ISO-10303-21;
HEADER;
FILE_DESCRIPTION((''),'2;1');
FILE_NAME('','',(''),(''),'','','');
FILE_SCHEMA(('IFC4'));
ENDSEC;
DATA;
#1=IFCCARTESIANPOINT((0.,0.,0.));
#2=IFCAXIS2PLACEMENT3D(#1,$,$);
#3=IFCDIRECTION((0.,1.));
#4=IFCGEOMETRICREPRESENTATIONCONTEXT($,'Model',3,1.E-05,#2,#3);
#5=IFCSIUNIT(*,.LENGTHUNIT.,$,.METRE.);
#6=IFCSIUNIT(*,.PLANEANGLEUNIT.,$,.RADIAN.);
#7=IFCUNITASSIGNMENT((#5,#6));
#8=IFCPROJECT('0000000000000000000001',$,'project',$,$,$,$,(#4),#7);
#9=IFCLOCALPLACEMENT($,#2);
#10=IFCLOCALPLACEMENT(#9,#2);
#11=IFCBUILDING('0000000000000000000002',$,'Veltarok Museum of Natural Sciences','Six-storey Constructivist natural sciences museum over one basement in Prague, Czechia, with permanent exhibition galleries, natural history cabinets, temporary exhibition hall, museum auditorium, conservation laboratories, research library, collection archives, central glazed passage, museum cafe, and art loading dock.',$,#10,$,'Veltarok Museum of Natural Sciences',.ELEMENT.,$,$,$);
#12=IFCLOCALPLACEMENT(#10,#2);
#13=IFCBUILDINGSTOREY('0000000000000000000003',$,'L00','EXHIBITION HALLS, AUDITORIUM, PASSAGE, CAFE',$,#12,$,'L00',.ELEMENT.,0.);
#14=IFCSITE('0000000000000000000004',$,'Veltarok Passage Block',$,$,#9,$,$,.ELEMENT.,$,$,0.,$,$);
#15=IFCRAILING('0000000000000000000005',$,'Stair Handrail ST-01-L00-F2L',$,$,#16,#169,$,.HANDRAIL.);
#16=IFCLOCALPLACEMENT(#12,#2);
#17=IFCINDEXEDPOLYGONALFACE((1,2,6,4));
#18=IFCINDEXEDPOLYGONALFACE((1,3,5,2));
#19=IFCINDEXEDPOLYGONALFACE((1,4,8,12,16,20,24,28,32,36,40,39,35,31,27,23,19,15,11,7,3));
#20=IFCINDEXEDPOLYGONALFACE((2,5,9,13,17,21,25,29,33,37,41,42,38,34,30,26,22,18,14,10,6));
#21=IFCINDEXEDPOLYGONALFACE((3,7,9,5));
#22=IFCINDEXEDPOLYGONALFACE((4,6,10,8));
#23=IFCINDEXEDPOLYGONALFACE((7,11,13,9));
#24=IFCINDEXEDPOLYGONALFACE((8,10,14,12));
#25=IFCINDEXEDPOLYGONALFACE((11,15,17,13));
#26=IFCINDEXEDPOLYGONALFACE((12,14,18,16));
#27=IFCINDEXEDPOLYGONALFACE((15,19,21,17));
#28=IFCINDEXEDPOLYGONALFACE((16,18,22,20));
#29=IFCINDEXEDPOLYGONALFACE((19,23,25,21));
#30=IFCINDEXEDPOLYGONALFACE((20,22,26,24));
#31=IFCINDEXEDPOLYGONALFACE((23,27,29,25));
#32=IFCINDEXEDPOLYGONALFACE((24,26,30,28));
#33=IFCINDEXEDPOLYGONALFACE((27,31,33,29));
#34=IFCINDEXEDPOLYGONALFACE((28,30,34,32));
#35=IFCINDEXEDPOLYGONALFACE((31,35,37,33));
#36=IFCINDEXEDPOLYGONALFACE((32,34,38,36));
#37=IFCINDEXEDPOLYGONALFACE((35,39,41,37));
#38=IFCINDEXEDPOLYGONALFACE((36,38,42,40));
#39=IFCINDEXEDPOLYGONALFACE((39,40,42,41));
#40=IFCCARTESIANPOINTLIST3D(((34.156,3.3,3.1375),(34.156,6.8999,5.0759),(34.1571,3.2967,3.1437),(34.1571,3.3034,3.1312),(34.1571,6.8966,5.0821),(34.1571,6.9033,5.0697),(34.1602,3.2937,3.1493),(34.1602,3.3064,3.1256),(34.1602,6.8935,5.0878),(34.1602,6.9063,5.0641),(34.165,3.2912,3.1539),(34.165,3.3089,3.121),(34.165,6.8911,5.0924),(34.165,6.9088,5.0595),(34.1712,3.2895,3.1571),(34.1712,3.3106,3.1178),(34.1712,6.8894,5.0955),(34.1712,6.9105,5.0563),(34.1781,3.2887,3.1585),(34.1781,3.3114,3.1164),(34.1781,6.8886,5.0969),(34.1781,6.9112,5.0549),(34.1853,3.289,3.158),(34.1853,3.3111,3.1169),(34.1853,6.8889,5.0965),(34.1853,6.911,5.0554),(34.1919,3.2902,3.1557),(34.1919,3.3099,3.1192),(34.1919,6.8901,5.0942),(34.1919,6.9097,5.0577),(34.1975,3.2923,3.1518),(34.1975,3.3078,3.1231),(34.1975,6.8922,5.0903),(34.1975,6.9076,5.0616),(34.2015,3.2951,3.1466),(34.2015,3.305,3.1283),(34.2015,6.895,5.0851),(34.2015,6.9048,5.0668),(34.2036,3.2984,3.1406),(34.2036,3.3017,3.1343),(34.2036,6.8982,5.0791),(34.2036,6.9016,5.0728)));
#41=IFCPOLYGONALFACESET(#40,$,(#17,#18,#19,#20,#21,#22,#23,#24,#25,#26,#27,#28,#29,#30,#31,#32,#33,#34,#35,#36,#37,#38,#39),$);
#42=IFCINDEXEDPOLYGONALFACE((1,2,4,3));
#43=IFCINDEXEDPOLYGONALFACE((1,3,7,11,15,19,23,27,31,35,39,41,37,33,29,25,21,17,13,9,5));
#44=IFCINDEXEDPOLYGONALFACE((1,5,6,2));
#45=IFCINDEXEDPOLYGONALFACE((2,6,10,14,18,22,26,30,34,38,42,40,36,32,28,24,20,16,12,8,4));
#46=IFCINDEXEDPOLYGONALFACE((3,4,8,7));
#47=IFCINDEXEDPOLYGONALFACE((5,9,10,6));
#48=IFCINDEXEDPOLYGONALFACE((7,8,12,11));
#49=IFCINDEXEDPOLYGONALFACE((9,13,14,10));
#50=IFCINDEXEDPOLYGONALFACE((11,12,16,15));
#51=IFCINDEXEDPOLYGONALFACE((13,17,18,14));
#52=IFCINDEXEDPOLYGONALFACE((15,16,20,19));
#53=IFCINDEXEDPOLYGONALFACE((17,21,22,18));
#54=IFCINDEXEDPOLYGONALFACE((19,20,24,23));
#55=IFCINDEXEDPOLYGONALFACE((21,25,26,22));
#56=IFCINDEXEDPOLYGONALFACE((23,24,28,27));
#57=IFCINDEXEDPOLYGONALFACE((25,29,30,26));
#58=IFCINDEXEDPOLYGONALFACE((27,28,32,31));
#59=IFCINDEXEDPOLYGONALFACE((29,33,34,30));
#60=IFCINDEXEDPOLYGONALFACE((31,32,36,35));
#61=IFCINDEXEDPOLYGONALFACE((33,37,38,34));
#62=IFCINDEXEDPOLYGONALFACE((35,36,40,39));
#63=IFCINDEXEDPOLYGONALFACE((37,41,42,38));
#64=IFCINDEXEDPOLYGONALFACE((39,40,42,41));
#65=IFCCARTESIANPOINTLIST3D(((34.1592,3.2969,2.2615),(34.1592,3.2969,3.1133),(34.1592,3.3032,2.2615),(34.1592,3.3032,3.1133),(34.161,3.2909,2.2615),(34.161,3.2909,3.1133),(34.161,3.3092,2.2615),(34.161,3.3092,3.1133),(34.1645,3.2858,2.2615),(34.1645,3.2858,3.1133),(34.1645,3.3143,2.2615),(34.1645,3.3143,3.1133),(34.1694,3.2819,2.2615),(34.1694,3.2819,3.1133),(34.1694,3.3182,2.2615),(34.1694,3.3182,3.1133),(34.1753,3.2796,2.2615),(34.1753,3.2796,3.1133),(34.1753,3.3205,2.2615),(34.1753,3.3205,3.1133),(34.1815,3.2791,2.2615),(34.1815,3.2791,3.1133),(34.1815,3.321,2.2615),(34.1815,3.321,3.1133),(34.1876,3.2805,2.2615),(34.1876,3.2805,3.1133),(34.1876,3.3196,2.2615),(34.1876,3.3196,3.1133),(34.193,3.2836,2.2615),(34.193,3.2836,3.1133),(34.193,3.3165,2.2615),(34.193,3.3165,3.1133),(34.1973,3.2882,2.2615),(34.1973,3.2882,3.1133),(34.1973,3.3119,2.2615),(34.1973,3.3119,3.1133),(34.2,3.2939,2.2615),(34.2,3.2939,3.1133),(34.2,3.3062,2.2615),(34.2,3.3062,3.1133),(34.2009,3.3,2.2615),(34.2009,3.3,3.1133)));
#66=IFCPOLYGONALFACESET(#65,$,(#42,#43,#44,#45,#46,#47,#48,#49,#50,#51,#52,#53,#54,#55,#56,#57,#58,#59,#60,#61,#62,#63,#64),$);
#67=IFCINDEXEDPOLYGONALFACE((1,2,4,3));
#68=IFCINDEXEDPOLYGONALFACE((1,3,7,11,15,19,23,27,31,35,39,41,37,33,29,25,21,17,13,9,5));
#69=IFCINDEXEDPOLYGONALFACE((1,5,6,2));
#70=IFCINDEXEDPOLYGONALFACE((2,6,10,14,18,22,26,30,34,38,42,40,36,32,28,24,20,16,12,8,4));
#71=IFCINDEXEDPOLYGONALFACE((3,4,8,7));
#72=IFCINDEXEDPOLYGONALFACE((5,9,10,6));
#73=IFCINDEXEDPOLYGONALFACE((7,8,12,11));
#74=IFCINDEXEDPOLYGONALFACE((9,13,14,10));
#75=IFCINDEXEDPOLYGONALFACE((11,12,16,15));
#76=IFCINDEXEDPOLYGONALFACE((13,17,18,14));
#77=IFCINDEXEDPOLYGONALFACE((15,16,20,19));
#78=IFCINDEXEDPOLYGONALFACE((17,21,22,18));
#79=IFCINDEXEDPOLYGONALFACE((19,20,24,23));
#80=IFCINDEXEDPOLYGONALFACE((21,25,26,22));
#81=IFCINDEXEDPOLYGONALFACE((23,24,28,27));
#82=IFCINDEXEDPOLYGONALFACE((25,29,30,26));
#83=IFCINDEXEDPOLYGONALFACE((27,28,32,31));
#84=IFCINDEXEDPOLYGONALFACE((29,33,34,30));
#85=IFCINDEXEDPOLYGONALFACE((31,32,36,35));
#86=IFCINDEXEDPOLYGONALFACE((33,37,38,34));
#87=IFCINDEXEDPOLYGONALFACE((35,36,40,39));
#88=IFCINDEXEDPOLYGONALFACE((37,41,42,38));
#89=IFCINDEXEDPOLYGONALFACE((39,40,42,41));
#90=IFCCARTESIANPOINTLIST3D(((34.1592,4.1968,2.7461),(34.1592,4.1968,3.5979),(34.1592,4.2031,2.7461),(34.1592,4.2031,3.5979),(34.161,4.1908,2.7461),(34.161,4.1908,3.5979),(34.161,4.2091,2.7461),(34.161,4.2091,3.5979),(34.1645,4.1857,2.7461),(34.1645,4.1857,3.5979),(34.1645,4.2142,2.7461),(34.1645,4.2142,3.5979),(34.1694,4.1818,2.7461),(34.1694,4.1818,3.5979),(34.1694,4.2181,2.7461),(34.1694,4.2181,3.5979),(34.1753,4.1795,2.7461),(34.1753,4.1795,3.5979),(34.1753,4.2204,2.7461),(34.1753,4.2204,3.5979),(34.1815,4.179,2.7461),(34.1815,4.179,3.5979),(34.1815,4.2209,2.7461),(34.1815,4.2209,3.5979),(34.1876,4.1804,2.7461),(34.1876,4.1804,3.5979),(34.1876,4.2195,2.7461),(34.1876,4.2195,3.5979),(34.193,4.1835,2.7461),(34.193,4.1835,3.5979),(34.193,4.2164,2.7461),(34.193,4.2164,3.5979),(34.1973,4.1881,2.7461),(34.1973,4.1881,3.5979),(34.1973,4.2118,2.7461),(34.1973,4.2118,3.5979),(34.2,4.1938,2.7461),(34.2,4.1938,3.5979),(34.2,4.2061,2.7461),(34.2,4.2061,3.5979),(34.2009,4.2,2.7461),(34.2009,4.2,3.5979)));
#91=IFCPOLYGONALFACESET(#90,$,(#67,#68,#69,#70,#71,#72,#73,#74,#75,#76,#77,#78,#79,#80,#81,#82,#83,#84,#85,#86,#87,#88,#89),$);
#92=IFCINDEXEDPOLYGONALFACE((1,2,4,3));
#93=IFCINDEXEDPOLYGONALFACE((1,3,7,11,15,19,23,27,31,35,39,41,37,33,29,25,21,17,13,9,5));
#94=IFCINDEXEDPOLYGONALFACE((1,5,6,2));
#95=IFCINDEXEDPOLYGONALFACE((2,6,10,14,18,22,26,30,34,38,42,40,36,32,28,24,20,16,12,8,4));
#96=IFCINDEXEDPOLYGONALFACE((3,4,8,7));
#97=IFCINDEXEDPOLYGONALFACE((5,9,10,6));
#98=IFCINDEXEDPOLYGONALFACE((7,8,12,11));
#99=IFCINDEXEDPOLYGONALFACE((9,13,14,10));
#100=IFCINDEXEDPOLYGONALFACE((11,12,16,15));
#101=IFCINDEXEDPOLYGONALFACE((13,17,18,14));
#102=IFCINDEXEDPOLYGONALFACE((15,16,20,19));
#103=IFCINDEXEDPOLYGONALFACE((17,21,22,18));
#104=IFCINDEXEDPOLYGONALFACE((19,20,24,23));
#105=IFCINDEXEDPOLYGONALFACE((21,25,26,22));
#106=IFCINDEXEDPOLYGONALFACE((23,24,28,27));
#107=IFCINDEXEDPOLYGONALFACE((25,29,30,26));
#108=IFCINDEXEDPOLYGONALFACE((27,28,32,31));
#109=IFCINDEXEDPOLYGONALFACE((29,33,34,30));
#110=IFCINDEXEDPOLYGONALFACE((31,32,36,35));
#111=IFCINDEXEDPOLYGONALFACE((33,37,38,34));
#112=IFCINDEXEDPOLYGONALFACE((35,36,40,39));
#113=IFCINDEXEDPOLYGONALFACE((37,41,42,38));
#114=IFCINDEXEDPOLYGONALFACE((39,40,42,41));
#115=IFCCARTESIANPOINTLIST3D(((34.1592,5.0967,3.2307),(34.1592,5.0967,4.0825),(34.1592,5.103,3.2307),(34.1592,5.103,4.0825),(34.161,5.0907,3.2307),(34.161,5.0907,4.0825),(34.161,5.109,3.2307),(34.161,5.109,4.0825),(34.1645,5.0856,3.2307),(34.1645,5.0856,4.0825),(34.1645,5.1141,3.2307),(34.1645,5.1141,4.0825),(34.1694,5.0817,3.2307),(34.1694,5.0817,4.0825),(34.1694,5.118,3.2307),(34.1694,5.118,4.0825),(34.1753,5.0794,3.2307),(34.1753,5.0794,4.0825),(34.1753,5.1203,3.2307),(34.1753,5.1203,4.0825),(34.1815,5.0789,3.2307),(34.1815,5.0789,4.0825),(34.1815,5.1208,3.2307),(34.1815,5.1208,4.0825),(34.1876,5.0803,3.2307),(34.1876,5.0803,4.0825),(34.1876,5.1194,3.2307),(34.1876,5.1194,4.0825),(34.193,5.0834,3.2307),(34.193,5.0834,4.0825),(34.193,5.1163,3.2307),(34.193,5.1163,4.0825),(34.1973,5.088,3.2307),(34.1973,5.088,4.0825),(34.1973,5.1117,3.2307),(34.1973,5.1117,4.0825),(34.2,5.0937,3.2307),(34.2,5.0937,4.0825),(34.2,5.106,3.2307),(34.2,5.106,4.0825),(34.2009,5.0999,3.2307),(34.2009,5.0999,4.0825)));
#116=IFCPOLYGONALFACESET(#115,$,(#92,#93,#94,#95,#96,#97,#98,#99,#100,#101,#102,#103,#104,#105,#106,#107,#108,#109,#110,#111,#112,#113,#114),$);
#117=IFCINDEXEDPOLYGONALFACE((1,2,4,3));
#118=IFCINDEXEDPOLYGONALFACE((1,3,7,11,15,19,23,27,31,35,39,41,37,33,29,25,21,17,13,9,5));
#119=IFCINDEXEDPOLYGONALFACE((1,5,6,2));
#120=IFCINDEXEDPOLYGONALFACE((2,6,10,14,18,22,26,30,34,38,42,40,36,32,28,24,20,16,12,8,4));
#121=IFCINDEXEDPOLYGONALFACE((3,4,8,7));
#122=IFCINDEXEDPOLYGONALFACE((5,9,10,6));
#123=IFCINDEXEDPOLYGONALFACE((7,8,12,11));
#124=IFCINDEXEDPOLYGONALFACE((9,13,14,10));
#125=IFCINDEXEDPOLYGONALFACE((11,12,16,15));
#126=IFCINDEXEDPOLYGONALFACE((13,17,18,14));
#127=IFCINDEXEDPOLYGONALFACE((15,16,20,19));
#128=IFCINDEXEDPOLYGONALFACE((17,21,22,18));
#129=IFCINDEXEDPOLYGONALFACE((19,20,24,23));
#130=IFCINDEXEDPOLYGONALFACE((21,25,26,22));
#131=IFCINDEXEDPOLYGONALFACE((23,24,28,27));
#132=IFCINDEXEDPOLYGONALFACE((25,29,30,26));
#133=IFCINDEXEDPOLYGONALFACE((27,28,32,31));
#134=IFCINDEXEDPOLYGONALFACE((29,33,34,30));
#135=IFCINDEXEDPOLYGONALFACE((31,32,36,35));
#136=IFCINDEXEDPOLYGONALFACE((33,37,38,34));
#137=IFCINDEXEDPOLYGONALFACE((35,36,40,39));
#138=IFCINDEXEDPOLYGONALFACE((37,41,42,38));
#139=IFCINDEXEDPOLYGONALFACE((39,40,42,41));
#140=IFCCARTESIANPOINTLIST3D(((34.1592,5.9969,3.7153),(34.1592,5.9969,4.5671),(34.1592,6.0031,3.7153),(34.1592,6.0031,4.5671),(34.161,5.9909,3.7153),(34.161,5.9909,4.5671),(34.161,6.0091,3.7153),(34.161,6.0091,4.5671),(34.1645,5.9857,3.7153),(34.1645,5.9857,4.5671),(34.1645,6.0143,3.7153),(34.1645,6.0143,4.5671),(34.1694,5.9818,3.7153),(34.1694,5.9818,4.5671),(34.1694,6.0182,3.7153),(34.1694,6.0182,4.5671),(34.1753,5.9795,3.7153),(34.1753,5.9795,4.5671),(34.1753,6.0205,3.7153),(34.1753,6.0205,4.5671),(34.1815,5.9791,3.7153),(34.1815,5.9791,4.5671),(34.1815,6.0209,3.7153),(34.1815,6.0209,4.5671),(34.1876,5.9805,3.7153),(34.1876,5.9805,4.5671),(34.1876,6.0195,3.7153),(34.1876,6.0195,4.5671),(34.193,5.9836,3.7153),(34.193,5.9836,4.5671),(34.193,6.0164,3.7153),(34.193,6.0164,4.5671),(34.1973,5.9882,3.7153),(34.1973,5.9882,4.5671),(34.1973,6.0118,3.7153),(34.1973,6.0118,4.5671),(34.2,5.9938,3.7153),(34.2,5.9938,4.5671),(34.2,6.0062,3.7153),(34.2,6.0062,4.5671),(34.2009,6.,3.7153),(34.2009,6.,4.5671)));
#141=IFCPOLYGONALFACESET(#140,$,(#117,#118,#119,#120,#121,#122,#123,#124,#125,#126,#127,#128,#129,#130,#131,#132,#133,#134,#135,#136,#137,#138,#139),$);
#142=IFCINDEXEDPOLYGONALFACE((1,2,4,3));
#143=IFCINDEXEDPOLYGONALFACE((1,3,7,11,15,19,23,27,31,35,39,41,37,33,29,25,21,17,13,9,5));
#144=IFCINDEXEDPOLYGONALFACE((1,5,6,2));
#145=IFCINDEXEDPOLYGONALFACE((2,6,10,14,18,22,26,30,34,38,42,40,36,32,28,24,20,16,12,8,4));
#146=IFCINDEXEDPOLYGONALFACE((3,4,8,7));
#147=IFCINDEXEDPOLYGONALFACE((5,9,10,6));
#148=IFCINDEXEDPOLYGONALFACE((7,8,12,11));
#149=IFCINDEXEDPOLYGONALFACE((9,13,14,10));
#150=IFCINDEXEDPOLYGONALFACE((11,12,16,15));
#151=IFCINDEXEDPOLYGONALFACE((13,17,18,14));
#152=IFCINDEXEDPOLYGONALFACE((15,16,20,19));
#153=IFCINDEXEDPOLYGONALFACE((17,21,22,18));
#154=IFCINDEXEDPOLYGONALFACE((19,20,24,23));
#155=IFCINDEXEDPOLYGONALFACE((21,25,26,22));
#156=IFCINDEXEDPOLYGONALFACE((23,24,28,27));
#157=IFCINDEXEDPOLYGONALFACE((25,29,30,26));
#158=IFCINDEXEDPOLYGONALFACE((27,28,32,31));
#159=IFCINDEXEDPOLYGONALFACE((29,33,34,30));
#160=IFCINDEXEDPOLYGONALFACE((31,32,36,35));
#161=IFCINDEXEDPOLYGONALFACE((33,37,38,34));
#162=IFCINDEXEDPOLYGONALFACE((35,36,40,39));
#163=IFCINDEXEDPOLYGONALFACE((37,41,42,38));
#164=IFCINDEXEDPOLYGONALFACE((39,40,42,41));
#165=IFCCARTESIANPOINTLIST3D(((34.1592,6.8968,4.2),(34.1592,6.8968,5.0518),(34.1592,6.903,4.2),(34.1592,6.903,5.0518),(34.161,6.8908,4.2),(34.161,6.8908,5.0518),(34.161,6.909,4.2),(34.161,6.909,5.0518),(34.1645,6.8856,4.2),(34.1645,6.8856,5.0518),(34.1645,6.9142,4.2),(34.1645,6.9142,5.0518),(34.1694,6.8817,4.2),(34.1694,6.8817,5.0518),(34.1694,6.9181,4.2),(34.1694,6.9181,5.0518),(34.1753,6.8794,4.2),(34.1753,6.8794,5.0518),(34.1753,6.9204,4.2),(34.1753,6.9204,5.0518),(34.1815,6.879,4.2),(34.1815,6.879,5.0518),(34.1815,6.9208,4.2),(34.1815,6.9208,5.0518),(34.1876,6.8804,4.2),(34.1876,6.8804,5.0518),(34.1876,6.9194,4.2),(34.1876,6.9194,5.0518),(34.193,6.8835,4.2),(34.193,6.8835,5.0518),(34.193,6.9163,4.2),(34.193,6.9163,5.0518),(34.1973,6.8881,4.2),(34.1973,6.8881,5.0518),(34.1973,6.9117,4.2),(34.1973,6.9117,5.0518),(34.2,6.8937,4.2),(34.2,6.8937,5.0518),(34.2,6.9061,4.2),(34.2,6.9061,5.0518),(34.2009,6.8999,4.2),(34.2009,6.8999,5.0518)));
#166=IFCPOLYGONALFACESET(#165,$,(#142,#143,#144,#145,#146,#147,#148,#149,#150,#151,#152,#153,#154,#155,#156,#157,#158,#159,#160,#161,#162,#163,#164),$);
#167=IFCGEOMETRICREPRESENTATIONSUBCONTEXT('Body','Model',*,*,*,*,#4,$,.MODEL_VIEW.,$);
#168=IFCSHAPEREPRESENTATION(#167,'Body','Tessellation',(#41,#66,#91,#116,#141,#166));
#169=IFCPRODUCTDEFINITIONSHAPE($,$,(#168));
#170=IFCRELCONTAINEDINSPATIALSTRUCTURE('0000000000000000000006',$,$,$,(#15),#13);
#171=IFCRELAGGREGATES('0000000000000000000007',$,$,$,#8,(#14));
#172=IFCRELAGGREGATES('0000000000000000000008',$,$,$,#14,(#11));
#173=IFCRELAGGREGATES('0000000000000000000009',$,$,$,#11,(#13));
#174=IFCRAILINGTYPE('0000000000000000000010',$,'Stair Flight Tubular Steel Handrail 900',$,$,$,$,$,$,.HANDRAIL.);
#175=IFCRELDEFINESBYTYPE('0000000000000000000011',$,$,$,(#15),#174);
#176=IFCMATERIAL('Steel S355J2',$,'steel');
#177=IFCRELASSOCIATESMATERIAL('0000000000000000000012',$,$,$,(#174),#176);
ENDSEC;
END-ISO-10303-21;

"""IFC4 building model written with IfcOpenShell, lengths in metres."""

from ifc_helpers import new_model, si_unit, direction, frame, origin, origin_2d, place, context, subcontext, project, spatial, circle, extrude, material, type_object, element, save


model = new_model("IFC4")

# Units and contexts
model_context = context("Model", 3, precision=1e-05, world=origin(), true_north=direction((0.0, 1.0)))
body_context = subcontext(model_context, "Body", "Model", "MODEL_VIEW")
ifc_project = project(units=[si_unit("LENGTHUNIT", "METRE"), si_unit("PLANEANGLEUNIT", "RADIAN")], contexts=[model_context])

# Site, building, storey
site_placement = place(None, origin())
site = spatial("IfcSite", under=ifc_project, at=site_placement, Name="Veltarok Passage Block", CompositionType="ELEMENT", RefElevation=0.0)
building_placement = place(site_placement, origin())
building = spatial("IfcBuilding", under=site, at=building_placement, Name="Veltarok Museum of Natural Sciences", Description="Six-storey Constructivist natural sciences museum over one basement in Prague, Czechia, with permanent exhibition galleries, natural history cabinets, temporary exhibition hall, museum auditorium, conservation laboratories, research library, collection archives, central glazed passage, museum cafe, and art loading dock.", LongName="Veltarok Museum of Natural Sciences", CompositionType="ELEMENT")
storey_placement = place(building_placement, origin())
storey = spatial("IfcBuildingStorey", under=building, at=storey_placement, Name="L00", Description="EXHIBITION HALLS, AUDITORIUM, PASSAGE, CAFE", LongName="L00", CompositionType="ELEMENT", Elevation=0.0)

# Shared definitions
ifc_material_1 = material(Name="Steel S355J2", Category="steel")

# Railing
railing_type_1 = type_object("IfcRailingType", Name="Stair Flight Tubular Steel Handrail 900", PredefinedType="HANDRAIL", material=ifc_material_1)
for number, where, name in (
    (1, (34.1799, 3.3, 2.2615), "Stair Handrail ST-01-L00-F2L"),
):
    element("IfcRailing", number, at=place(storey_placement, frame(where)), inside=storey, type_object=railing_type_1, Name=name, PredefinedType="HANDRAIL", context=body_context, shape_type="SweptSolid", body=[
        extrude(circle(Radius=0.0239, at=origin_2d()), frame((0.0, 0.0, 0.876), z_axis=(0.0, 0.880462, 0.474118), x_axis=(-1.0, 0.0, 0.0)), (0.0, 0.0, 1.0), 4.0886),
        extrude(circle(Radius=0.021, at=origin_2d()), origin(), (0.0, 0.0, 1.0), 0.8518),
        extrude(circle(Radius=0.021, at=origin_2d()), frame((0.0, 0.8999, 0.4846)), (0.0, 0.0, 1.0), 0.8518),
        extrude(circle(Radius=0.021, at=origin_2d()), frame((0.0, 1.7998, 0.9692)), (0.0, 0.0, 1.0), 0.8518),
        extrude(circle(Radius=0.021, at=origin_2d()), frame((0.0, 2.7, 1.4539)), (0.0, 0.0, 1.0), 0.8518),
        extrude(circle(Radius=0.021, at=origin_2d()), frame((0.0, 3.5999, 1.9385)), (0.0, 0.0, 1.0), 0.8518),
    ])

save(model, "model.ifc")
